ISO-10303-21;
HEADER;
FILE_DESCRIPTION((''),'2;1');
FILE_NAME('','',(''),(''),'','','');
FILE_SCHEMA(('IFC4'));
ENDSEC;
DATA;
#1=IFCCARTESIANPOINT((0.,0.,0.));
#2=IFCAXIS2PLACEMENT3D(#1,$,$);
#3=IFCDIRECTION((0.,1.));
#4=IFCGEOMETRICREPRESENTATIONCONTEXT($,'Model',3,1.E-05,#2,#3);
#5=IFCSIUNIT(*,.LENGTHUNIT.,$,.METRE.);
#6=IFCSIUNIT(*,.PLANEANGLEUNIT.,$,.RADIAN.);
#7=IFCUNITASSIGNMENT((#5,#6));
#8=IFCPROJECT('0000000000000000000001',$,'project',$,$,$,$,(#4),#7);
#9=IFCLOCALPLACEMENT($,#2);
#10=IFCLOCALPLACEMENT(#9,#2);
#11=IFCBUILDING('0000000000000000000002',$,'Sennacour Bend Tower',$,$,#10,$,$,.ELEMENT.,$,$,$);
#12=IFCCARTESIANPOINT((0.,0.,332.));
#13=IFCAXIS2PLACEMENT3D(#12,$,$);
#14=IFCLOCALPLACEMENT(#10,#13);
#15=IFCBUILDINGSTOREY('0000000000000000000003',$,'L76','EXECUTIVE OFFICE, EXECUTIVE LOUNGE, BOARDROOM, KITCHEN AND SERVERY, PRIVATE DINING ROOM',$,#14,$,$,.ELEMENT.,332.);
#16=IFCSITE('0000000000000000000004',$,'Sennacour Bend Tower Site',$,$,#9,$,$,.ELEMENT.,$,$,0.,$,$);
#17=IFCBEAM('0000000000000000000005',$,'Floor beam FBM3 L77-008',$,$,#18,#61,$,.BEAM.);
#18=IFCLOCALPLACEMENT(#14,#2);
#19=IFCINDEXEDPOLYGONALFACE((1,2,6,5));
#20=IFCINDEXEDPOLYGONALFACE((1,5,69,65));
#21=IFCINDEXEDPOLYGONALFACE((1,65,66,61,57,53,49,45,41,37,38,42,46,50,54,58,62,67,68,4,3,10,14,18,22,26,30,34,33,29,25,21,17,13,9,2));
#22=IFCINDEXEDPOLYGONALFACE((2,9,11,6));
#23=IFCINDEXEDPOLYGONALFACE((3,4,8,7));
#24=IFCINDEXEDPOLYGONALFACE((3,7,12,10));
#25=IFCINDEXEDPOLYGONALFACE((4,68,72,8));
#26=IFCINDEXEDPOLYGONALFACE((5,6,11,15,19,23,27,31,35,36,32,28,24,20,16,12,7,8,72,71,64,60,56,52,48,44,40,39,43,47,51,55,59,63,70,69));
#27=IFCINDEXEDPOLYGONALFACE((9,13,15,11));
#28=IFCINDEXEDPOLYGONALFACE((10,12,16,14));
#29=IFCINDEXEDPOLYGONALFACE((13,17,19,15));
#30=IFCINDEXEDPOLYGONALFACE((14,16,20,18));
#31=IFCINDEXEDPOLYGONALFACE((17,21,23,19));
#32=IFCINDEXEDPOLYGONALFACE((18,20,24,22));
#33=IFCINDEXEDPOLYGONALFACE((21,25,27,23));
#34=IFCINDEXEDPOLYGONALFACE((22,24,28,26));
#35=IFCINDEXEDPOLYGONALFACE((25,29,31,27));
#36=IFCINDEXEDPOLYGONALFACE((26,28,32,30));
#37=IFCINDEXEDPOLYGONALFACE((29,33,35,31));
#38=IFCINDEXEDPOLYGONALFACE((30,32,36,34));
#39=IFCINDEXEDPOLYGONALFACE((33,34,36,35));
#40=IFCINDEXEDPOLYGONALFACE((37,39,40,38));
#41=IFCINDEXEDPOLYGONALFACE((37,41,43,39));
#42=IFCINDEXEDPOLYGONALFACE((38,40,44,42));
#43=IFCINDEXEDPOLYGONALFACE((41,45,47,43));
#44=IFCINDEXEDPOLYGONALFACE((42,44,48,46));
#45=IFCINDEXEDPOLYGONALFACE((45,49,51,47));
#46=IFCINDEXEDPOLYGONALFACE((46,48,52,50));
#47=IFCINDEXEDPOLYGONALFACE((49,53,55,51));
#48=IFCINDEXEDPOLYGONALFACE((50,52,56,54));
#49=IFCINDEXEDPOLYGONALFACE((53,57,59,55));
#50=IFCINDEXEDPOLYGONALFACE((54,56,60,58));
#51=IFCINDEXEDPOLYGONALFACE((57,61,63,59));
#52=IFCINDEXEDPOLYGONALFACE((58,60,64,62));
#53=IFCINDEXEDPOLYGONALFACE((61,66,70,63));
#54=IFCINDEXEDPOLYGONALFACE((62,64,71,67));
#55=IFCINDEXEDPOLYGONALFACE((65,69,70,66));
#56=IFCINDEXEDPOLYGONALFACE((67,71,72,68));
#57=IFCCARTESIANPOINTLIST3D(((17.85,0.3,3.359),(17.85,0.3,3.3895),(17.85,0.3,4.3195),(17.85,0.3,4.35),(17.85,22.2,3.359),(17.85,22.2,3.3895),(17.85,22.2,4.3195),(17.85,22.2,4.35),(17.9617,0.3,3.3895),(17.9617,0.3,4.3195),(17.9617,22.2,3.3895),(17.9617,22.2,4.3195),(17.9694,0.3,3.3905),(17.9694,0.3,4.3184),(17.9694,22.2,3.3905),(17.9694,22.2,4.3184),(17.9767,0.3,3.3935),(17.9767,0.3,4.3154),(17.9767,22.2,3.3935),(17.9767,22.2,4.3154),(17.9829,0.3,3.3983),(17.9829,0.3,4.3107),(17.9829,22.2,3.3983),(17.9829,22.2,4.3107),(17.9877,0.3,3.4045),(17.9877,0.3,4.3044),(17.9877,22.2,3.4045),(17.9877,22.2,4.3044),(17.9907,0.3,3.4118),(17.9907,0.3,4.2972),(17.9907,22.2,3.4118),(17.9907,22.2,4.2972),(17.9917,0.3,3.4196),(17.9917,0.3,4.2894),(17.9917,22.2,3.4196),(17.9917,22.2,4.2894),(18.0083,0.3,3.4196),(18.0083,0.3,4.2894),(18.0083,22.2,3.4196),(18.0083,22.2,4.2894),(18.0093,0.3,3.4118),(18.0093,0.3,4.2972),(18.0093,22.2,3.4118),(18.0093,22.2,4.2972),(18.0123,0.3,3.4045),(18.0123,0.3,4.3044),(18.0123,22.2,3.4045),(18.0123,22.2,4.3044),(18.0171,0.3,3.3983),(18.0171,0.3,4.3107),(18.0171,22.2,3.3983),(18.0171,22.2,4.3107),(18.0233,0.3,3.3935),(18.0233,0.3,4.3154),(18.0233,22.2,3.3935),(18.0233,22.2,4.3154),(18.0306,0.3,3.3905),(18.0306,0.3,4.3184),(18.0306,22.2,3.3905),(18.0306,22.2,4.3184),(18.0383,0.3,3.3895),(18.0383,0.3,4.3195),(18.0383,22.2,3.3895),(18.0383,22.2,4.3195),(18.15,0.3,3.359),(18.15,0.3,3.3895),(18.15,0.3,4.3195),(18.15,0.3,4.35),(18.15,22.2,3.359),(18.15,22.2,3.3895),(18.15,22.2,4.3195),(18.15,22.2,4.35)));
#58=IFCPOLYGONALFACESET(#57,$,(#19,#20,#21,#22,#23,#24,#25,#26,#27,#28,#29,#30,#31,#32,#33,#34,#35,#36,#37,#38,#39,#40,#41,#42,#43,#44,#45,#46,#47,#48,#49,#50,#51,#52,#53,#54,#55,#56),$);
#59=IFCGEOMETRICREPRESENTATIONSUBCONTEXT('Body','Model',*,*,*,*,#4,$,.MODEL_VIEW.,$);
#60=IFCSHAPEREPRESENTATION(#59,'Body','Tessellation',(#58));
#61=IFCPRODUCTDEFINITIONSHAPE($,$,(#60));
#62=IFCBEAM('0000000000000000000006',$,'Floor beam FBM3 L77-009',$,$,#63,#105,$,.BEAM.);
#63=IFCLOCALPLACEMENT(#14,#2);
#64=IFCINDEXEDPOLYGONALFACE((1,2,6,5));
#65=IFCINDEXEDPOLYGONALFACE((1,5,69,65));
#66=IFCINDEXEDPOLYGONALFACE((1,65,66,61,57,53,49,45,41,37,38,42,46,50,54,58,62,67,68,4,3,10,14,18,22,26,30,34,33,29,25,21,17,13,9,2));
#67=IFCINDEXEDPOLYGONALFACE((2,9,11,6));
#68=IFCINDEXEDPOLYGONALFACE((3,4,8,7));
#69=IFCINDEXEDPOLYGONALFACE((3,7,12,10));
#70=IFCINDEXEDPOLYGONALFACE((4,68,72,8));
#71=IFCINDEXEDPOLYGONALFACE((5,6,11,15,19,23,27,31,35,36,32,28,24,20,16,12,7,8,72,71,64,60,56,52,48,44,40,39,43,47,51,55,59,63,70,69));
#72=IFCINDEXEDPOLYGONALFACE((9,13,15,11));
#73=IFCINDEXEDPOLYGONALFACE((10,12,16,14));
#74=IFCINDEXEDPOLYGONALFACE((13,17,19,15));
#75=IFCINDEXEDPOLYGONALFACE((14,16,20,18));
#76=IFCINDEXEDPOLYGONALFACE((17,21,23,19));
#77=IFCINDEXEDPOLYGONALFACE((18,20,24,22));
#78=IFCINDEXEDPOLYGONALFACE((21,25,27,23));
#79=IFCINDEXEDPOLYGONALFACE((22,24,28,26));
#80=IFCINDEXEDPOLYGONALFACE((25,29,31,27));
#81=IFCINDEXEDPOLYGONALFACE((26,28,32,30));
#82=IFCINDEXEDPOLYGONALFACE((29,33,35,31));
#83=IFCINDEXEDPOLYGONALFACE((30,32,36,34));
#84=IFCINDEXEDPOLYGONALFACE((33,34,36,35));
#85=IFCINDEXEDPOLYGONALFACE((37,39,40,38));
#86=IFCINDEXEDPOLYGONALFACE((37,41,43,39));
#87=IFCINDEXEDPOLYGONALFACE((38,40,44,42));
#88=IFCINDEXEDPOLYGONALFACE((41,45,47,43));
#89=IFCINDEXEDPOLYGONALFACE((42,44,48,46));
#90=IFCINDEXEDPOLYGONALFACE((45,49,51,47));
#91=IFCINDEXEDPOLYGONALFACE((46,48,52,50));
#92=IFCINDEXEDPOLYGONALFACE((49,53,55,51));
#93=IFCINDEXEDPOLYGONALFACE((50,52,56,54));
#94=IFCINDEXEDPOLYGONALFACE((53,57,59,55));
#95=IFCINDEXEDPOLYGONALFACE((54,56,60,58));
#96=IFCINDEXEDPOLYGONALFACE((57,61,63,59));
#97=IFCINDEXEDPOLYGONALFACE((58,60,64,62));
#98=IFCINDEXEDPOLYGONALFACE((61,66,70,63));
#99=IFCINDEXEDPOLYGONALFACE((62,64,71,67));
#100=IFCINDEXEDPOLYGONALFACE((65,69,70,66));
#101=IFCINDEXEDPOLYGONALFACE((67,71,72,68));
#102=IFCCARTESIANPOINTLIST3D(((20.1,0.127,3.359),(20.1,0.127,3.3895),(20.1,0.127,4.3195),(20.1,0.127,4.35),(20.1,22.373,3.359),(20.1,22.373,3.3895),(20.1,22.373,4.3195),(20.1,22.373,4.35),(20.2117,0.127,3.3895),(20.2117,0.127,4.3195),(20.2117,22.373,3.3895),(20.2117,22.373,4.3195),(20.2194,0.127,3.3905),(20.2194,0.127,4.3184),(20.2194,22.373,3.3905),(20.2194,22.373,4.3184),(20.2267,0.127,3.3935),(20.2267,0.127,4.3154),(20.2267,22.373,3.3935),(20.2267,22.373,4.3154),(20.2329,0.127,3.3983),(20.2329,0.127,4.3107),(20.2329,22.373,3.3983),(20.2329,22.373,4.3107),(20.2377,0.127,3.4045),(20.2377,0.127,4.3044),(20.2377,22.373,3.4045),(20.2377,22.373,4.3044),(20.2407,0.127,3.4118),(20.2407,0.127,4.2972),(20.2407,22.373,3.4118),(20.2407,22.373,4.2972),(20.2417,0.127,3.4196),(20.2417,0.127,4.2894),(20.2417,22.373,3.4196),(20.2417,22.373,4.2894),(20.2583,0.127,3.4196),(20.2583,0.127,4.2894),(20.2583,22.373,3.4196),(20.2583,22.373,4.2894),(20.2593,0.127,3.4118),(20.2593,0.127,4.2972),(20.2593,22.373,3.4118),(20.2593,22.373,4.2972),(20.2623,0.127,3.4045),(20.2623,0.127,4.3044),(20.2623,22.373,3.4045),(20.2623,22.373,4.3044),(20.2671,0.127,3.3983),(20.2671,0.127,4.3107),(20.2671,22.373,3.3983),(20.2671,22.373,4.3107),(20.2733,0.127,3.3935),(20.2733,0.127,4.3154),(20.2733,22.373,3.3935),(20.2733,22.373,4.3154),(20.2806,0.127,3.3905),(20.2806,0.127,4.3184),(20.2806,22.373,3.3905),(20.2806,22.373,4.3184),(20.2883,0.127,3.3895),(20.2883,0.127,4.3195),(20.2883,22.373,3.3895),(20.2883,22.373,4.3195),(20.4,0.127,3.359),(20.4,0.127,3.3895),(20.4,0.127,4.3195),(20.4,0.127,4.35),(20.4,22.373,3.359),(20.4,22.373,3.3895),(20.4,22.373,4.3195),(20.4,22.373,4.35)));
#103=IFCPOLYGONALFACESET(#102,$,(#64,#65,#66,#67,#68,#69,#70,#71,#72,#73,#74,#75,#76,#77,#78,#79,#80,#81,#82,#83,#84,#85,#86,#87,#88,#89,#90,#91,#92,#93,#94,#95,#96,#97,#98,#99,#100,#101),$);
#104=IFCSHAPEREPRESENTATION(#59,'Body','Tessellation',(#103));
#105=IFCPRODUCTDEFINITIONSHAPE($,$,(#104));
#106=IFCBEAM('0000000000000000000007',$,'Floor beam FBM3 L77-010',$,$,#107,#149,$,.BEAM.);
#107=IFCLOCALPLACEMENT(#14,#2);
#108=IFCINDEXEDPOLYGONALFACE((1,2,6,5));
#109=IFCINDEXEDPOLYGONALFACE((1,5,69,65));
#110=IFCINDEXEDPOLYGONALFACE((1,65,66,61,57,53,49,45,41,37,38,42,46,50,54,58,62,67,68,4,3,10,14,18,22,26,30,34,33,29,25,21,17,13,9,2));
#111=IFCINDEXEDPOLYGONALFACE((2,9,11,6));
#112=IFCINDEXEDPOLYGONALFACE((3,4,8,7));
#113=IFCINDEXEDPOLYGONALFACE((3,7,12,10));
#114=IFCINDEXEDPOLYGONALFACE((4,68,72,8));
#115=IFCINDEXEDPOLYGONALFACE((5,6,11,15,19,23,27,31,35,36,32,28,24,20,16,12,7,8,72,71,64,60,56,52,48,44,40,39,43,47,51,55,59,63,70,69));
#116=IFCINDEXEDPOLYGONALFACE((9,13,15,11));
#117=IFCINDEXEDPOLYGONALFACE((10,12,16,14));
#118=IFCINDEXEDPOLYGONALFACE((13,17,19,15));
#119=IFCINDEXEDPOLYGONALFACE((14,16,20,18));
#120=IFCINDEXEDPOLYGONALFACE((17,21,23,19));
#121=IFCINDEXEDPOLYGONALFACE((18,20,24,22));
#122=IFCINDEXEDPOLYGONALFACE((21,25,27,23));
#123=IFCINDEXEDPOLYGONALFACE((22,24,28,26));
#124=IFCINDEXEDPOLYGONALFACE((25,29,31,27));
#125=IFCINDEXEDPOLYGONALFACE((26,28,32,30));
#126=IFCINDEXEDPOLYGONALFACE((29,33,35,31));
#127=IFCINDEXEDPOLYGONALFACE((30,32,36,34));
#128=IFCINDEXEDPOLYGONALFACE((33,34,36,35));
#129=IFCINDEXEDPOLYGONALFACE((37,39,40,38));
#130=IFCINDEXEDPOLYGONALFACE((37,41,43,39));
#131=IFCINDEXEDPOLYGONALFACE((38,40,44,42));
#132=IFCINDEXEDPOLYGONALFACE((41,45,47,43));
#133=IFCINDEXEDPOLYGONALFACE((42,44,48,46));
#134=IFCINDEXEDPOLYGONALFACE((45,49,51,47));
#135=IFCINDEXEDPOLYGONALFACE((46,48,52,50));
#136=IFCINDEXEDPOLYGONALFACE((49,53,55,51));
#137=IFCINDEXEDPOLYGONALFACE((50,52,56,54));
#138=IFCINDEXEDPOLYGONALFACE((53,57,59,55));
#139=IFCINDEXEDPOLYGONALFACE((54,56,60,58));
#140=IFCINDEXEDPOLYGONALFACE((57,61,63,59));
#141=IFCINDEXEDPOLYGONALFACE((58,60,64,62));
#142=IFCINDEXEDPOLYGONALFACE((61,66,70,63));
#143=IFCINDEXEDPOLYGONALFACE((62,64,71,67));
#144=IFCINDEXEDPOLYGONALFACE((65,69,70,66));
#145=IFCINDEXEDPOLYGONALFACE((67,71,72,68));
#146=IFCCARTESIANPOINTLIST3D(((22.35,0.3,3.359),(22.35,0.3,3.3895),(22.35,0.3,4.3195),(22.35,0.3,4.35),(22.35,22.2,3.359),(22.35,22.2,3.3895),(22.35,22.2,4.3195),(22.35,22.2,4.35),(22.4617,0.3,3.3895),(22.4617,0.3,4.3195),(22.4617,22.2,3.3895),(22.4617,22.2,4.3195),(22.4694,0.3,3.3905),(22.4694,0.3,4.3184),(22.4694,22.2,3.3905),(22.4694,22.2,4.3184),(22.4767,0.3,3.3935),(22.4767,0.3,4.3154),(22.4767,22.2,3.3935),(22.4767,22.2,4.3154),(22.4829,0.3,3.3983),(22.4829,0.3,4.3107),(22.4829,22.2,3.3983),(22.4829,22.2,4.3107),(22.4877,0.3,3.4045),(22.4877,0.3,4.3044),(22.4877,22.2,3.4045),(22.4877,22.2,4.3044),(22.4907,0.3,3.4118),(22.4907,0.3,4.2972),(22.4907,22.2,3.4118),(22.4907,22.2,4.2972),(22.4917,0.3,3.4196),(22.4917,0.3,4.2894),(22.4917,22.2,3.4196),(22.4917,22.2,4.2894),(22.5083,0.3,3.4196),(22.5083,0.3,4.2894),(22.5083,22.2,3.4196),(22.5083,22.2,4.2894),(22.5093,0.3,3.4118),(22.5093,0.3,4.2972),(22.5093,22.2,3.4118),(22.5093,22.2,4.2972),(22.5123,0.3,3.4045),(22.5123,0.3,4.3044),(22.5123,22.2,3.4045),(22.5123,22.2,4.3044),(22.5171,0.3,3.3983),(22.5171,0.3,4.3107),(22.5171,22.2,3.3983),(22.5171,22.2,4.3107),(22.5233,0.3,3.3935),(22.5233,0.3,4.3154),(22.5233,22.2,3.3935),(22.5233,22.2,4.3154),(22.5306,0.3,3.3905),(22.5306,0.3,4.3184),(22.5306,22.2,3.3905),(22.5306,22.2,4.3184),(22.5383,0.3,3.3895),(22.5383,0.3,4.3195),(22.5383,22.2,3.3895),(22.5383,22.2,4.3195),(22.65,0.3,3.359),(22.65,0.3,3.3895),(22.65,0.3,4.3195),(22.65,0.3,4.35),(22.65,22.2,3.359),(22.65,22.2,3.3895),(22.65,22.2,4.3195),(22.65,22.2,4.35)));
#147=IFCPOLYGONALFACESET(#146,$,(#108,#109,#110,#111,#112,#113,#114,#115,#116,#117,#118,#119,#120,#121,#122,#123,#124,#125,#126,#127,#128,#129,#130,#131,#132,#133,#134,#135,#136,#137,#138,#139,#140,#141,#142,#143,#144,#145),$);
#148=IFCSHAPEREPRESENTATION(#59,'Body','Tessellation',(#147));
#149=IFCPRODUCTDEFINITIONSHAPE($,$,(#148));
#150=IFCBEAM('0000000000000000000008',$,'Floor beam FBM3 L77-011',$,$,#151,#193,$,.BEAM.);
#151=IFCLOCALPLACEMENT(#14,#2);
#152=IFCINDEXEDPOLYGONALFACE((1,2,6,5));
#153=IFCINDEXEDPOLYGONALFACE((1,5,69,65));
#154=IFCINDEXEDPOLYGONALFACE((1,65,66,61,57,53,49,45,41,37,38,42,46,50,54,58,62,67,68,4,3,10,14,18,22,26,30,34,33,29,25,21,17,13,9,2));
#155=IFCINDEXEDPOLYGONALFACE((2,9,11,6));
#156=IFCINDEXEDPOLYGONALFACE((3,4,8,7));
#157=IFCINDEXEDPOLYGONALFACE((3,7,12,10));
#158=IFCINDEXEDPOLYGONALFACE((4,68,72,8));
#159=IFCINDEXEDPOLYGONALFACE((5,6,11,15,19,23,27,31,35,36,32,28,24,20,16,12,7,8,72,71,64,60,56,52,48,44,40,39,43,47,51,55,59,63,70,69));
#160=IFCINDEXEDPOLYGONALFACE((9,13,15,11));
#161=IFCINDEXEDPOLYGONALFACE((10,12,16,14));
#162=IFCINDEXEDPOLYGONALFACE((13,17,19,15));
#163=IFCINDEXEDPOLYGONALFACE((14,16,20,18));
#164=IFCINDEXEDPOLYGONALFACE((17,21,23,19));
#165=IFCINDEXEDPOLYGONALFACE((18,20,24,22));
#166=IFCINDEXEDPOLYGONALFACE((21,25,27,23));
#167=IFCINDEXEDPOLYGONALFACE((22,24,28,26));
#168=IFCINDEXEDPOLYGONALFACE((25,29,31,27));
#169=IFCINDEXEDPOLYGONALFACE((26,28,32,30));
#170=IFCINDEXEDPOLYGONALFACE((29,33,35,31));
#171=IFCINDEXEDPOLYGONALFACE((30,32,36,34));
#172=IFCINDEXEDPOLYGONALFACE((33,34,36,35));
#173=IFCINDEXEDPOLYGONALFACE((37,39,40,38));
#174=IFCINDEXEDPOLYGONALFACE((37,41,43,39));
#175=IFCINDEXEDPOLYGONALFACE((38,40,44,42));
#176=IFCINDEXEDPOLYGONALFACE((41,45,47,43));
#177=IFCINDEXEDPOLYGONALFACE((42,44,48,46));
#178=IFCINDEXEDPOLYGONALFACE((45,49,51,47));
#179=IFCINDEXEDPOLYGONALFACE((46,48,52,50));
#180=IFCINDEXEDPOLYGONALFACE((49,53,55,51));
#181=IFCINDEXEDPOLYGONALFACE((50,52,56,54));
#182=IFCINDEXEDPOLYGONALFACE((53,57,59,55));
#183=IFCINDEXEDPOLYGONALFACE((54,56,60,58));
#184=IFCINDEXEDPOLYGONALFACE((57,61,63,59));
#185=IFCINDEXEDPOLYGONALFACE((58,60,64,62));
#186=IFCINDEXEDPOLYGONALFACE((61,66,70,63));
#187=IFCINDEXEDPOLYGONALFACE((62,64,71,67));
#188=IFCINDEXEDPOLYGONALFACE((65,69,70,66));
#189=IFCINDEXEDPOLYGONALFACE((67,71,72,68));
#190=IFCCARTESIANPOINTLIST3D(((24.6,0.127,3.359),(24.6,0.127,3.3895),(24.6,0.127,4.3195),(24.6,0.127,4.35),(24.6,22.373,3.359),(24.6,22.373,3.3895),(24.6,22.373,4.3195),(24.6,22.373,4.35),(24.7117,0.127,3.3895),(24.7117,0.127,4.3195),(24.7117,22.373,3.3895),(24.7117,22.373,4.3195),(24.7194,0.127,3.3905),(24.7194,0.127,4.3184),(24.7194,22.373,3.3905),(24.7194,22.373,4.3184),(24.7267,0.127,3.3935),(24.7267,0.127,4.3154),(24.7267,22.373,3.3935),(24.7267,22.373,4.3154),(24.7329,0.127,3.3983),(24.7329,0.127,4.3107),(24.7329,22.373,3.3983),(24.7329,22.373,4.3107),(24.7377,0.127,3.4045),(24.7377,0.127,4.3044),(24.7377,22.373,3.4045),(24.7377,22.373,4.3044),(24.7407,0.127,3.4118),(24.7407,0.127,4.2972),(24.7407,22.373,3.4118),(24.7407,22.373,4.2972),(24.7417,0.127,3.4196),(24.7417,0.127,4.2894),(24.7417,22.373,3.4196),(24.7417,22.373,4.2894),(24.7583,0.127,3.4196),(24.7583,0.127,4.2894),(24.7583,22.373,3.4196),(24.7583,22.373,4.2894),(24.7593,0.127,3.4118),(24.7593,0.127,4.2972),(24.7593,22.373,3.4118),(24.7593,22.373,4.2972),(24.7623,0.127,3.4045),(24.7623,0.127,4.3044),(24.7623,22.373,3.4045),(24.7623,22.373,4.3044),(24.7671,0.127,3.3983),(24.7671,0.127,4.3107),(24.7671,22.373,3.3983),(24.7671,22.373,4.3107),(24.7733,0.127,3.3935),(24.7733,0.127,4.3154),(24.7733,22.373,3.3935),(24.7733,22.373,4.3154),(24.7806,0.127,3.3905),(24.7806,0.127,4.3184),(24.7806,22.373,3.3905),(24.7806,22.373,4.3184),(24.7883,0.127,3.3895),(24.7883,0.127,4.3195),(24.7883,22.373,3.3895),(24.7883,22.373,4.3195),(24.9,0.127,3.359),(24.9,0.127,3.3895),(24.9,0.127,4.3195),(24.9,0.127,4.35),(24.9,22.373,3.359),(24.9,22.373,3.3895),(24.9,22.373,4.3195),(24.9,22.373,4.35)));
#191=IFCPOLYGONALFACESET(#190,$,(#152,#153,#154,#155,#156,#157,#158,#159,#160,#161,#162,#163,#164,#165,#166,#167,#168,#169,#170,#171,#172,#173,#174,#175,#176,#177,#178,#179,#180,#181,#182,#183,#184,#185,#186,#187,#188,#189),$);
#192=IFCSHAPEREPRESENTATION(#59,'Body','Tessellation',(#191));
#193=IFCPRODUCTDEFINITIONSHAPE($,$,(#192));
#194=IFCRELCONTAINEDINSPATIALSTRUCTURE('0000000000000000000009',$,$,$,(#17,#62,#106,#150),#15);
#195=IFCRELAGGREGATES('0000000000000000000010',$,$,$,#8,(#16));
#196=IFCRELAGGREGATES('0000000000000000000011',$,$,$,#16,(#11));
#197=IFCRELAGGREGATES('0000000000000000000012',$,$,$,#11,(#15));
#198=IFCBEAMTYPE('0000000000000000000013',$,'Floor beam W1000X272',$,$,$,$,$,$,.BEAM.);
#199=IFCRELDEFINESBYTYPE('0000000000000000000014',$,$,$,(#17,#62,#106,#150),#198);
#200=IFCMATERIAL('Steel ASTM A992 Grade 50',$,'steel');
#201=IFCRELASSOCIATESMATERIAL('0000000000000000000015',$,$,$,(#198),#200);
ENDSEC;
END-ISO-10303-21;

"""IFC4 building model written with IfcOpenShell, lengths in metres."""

from ifc_helpers import new_model, si_unit, direction, frame, origin, origin_2d, place, context, subcontext, project, spatial, i_section, extrude, material, material_profile, profile_set, type_object, element, save


model = new_model("IFC4")

# Units and contexts
model_context = context("Model", 3, precision=1e-05, world=origin(), true_north=direction((0.0, 1.0)))
body_context = subcontext(model_context, "Body", "Model", "MODEL_VIEW")
ifc_project = project(units=[si_unit("LENGTHUNIT", "METRE"), si_unit("PLANEANGLEUNIT", "RADIAN")], contexts=[model_context])

# Site, building, storey
site_placement = place(None, origin())
site = spatial("IfcSite", under=ifc_project, at=site_placement, Name="Sennacour Bend Tower Site", CompositionType="ELEMENT", RefElevation=0.0)
building_placement = place(site_placement, origin())
building = spatial("IfcBuilding", under=site, at=building_placement, Name="Sennacour Bend Tower", CompositionType="ELEMENT")
storey_placement = place(building_placement, frame((0.0, 0.0, 332.0)))
storey = spatial("IfcBuildingStorey", under=building, at=storey_placement, Name="L76", Description="EXECUTIVE OFFICE, EXECUTIVE LOUNGE, BOARDROOM, KITCHEN AND SERVERY, PRIVATE DINING ROOM", CompositionType="ELEMENT", Elevation=332.0)

# Beams
ifc_material_1 = material(Name="Steel ASTM A992 Grade 50", Category="steel")
ifc_material_profile_1 = material_profile(ifc_material_1, i_section(OverallWidth=0.3, OverallDepth=0.991, WebThickness=0.0166, FlangeThickness=0.0305, FilletRadius=0.03, at=origin_2d()), Name="Steel ASTM A992 Grade 50", Category="steel")
ifc_profile_set_1 = profile_set([ifc_material_profile_1], Name="Steel ASTM A992 Grade 50")
beam_type_1 = type_object("IfcBeamType", Name="Floor beam W1000X272", PredefinedType="BEAM", material=ifc_profile_set_1)
beam_1_placement = place(storey_placement, frame((18.0, 0.3, 3.8545), z_axis=(0.0, 1.0, 0.0), x_axis=(-1.0, 0.0, 0.0)))
element("IfcBeam", 1, at=beam_1_placement, inside=storey, type_object=beam_type_1, Name="Floor beam FBM3 L77-008", PredefinedType="BEAM", context=body_context, shape_type="SweptSolid", body=[
    extrude(i_section(OverallWidth=0.3, OverallDepth=0.991, WebThickness=0.0166, FlangeThickness=0.0305, FilletRadius=0.03, at=origin_2d()), origin(), (0.0, 0.0, 1.0), 21.8999),
])
beam_2_placement = place(storey_placement, frame((20.25, 0.127, 3.8545), z_axis=(0.0, 1.0, 0.0), x_axis=(-1.0, 0.0, 0.0)))
element("IfcBeam", 2, at=beam_2_placement, inside=storey, type_object=beam_type_1, Name="Floor beam FBM3 L77-009", PredefinedType="BEAM", context=body_context, shape_type="SweptSolid", body=[
    extrude(i_section(OverallWidth=0.3, OverallDepth=0.991, WebThickness=0.0166, FlangeThickness=0.0305, FilletRadius=0.03, at=origin_2d()), origin(), (0.0, 0.0, 1.0), 22.2461),
])
beam_3_placement = place(storey_placement, frame((22.5, 0.3, 3.8545), z_axis=(0.0, 1.0, 0.0), x_axis=(-1.0, 0.0, 0.0)))
element("IfcBeam", 3, at=beam_3_placement, inside=storey, type_object=beam_type_1, Name="Floor beam FBM3 L77-010", PredefinedType="BEAM", context=body_context, shape_type="SweptSolid", body=[
    extrude(i_section(OverallWidth=0.3, OverallDepth=0.991, WebThickness=0.0166, FlangeThickness=0.0305, FilletRadius=0.03, at=origin_2d()), origin(), (0.0, 0.0, 1.0), 21.8999),
])
beam_4_placement = place(storey_placement, frame((24.75, 0.127, 3.8545), z_axis=(0.0, 1.0, 0.0), x_axis=(-1.0, 0.0, 0.0)))
element("IfcBeam", 4, at=beam_4_placement, inside=storey, type_object=beam_type_1, Name="Floor beam FBM3 L77-011", PredefinedType="BEAM", context=body_context, shape_type="SweptSolid", body=[
    extrude(i_section(OverallWidth=0.3, OverallDepth=0.991, WebThickness=0.0166, FlangeThickness=0.0305, FilletRadius=0.03, at=origin_2d()), origin(), (0.0, 0.0, 1.0), 22.2461),
])

save(model, "model.ifc")
